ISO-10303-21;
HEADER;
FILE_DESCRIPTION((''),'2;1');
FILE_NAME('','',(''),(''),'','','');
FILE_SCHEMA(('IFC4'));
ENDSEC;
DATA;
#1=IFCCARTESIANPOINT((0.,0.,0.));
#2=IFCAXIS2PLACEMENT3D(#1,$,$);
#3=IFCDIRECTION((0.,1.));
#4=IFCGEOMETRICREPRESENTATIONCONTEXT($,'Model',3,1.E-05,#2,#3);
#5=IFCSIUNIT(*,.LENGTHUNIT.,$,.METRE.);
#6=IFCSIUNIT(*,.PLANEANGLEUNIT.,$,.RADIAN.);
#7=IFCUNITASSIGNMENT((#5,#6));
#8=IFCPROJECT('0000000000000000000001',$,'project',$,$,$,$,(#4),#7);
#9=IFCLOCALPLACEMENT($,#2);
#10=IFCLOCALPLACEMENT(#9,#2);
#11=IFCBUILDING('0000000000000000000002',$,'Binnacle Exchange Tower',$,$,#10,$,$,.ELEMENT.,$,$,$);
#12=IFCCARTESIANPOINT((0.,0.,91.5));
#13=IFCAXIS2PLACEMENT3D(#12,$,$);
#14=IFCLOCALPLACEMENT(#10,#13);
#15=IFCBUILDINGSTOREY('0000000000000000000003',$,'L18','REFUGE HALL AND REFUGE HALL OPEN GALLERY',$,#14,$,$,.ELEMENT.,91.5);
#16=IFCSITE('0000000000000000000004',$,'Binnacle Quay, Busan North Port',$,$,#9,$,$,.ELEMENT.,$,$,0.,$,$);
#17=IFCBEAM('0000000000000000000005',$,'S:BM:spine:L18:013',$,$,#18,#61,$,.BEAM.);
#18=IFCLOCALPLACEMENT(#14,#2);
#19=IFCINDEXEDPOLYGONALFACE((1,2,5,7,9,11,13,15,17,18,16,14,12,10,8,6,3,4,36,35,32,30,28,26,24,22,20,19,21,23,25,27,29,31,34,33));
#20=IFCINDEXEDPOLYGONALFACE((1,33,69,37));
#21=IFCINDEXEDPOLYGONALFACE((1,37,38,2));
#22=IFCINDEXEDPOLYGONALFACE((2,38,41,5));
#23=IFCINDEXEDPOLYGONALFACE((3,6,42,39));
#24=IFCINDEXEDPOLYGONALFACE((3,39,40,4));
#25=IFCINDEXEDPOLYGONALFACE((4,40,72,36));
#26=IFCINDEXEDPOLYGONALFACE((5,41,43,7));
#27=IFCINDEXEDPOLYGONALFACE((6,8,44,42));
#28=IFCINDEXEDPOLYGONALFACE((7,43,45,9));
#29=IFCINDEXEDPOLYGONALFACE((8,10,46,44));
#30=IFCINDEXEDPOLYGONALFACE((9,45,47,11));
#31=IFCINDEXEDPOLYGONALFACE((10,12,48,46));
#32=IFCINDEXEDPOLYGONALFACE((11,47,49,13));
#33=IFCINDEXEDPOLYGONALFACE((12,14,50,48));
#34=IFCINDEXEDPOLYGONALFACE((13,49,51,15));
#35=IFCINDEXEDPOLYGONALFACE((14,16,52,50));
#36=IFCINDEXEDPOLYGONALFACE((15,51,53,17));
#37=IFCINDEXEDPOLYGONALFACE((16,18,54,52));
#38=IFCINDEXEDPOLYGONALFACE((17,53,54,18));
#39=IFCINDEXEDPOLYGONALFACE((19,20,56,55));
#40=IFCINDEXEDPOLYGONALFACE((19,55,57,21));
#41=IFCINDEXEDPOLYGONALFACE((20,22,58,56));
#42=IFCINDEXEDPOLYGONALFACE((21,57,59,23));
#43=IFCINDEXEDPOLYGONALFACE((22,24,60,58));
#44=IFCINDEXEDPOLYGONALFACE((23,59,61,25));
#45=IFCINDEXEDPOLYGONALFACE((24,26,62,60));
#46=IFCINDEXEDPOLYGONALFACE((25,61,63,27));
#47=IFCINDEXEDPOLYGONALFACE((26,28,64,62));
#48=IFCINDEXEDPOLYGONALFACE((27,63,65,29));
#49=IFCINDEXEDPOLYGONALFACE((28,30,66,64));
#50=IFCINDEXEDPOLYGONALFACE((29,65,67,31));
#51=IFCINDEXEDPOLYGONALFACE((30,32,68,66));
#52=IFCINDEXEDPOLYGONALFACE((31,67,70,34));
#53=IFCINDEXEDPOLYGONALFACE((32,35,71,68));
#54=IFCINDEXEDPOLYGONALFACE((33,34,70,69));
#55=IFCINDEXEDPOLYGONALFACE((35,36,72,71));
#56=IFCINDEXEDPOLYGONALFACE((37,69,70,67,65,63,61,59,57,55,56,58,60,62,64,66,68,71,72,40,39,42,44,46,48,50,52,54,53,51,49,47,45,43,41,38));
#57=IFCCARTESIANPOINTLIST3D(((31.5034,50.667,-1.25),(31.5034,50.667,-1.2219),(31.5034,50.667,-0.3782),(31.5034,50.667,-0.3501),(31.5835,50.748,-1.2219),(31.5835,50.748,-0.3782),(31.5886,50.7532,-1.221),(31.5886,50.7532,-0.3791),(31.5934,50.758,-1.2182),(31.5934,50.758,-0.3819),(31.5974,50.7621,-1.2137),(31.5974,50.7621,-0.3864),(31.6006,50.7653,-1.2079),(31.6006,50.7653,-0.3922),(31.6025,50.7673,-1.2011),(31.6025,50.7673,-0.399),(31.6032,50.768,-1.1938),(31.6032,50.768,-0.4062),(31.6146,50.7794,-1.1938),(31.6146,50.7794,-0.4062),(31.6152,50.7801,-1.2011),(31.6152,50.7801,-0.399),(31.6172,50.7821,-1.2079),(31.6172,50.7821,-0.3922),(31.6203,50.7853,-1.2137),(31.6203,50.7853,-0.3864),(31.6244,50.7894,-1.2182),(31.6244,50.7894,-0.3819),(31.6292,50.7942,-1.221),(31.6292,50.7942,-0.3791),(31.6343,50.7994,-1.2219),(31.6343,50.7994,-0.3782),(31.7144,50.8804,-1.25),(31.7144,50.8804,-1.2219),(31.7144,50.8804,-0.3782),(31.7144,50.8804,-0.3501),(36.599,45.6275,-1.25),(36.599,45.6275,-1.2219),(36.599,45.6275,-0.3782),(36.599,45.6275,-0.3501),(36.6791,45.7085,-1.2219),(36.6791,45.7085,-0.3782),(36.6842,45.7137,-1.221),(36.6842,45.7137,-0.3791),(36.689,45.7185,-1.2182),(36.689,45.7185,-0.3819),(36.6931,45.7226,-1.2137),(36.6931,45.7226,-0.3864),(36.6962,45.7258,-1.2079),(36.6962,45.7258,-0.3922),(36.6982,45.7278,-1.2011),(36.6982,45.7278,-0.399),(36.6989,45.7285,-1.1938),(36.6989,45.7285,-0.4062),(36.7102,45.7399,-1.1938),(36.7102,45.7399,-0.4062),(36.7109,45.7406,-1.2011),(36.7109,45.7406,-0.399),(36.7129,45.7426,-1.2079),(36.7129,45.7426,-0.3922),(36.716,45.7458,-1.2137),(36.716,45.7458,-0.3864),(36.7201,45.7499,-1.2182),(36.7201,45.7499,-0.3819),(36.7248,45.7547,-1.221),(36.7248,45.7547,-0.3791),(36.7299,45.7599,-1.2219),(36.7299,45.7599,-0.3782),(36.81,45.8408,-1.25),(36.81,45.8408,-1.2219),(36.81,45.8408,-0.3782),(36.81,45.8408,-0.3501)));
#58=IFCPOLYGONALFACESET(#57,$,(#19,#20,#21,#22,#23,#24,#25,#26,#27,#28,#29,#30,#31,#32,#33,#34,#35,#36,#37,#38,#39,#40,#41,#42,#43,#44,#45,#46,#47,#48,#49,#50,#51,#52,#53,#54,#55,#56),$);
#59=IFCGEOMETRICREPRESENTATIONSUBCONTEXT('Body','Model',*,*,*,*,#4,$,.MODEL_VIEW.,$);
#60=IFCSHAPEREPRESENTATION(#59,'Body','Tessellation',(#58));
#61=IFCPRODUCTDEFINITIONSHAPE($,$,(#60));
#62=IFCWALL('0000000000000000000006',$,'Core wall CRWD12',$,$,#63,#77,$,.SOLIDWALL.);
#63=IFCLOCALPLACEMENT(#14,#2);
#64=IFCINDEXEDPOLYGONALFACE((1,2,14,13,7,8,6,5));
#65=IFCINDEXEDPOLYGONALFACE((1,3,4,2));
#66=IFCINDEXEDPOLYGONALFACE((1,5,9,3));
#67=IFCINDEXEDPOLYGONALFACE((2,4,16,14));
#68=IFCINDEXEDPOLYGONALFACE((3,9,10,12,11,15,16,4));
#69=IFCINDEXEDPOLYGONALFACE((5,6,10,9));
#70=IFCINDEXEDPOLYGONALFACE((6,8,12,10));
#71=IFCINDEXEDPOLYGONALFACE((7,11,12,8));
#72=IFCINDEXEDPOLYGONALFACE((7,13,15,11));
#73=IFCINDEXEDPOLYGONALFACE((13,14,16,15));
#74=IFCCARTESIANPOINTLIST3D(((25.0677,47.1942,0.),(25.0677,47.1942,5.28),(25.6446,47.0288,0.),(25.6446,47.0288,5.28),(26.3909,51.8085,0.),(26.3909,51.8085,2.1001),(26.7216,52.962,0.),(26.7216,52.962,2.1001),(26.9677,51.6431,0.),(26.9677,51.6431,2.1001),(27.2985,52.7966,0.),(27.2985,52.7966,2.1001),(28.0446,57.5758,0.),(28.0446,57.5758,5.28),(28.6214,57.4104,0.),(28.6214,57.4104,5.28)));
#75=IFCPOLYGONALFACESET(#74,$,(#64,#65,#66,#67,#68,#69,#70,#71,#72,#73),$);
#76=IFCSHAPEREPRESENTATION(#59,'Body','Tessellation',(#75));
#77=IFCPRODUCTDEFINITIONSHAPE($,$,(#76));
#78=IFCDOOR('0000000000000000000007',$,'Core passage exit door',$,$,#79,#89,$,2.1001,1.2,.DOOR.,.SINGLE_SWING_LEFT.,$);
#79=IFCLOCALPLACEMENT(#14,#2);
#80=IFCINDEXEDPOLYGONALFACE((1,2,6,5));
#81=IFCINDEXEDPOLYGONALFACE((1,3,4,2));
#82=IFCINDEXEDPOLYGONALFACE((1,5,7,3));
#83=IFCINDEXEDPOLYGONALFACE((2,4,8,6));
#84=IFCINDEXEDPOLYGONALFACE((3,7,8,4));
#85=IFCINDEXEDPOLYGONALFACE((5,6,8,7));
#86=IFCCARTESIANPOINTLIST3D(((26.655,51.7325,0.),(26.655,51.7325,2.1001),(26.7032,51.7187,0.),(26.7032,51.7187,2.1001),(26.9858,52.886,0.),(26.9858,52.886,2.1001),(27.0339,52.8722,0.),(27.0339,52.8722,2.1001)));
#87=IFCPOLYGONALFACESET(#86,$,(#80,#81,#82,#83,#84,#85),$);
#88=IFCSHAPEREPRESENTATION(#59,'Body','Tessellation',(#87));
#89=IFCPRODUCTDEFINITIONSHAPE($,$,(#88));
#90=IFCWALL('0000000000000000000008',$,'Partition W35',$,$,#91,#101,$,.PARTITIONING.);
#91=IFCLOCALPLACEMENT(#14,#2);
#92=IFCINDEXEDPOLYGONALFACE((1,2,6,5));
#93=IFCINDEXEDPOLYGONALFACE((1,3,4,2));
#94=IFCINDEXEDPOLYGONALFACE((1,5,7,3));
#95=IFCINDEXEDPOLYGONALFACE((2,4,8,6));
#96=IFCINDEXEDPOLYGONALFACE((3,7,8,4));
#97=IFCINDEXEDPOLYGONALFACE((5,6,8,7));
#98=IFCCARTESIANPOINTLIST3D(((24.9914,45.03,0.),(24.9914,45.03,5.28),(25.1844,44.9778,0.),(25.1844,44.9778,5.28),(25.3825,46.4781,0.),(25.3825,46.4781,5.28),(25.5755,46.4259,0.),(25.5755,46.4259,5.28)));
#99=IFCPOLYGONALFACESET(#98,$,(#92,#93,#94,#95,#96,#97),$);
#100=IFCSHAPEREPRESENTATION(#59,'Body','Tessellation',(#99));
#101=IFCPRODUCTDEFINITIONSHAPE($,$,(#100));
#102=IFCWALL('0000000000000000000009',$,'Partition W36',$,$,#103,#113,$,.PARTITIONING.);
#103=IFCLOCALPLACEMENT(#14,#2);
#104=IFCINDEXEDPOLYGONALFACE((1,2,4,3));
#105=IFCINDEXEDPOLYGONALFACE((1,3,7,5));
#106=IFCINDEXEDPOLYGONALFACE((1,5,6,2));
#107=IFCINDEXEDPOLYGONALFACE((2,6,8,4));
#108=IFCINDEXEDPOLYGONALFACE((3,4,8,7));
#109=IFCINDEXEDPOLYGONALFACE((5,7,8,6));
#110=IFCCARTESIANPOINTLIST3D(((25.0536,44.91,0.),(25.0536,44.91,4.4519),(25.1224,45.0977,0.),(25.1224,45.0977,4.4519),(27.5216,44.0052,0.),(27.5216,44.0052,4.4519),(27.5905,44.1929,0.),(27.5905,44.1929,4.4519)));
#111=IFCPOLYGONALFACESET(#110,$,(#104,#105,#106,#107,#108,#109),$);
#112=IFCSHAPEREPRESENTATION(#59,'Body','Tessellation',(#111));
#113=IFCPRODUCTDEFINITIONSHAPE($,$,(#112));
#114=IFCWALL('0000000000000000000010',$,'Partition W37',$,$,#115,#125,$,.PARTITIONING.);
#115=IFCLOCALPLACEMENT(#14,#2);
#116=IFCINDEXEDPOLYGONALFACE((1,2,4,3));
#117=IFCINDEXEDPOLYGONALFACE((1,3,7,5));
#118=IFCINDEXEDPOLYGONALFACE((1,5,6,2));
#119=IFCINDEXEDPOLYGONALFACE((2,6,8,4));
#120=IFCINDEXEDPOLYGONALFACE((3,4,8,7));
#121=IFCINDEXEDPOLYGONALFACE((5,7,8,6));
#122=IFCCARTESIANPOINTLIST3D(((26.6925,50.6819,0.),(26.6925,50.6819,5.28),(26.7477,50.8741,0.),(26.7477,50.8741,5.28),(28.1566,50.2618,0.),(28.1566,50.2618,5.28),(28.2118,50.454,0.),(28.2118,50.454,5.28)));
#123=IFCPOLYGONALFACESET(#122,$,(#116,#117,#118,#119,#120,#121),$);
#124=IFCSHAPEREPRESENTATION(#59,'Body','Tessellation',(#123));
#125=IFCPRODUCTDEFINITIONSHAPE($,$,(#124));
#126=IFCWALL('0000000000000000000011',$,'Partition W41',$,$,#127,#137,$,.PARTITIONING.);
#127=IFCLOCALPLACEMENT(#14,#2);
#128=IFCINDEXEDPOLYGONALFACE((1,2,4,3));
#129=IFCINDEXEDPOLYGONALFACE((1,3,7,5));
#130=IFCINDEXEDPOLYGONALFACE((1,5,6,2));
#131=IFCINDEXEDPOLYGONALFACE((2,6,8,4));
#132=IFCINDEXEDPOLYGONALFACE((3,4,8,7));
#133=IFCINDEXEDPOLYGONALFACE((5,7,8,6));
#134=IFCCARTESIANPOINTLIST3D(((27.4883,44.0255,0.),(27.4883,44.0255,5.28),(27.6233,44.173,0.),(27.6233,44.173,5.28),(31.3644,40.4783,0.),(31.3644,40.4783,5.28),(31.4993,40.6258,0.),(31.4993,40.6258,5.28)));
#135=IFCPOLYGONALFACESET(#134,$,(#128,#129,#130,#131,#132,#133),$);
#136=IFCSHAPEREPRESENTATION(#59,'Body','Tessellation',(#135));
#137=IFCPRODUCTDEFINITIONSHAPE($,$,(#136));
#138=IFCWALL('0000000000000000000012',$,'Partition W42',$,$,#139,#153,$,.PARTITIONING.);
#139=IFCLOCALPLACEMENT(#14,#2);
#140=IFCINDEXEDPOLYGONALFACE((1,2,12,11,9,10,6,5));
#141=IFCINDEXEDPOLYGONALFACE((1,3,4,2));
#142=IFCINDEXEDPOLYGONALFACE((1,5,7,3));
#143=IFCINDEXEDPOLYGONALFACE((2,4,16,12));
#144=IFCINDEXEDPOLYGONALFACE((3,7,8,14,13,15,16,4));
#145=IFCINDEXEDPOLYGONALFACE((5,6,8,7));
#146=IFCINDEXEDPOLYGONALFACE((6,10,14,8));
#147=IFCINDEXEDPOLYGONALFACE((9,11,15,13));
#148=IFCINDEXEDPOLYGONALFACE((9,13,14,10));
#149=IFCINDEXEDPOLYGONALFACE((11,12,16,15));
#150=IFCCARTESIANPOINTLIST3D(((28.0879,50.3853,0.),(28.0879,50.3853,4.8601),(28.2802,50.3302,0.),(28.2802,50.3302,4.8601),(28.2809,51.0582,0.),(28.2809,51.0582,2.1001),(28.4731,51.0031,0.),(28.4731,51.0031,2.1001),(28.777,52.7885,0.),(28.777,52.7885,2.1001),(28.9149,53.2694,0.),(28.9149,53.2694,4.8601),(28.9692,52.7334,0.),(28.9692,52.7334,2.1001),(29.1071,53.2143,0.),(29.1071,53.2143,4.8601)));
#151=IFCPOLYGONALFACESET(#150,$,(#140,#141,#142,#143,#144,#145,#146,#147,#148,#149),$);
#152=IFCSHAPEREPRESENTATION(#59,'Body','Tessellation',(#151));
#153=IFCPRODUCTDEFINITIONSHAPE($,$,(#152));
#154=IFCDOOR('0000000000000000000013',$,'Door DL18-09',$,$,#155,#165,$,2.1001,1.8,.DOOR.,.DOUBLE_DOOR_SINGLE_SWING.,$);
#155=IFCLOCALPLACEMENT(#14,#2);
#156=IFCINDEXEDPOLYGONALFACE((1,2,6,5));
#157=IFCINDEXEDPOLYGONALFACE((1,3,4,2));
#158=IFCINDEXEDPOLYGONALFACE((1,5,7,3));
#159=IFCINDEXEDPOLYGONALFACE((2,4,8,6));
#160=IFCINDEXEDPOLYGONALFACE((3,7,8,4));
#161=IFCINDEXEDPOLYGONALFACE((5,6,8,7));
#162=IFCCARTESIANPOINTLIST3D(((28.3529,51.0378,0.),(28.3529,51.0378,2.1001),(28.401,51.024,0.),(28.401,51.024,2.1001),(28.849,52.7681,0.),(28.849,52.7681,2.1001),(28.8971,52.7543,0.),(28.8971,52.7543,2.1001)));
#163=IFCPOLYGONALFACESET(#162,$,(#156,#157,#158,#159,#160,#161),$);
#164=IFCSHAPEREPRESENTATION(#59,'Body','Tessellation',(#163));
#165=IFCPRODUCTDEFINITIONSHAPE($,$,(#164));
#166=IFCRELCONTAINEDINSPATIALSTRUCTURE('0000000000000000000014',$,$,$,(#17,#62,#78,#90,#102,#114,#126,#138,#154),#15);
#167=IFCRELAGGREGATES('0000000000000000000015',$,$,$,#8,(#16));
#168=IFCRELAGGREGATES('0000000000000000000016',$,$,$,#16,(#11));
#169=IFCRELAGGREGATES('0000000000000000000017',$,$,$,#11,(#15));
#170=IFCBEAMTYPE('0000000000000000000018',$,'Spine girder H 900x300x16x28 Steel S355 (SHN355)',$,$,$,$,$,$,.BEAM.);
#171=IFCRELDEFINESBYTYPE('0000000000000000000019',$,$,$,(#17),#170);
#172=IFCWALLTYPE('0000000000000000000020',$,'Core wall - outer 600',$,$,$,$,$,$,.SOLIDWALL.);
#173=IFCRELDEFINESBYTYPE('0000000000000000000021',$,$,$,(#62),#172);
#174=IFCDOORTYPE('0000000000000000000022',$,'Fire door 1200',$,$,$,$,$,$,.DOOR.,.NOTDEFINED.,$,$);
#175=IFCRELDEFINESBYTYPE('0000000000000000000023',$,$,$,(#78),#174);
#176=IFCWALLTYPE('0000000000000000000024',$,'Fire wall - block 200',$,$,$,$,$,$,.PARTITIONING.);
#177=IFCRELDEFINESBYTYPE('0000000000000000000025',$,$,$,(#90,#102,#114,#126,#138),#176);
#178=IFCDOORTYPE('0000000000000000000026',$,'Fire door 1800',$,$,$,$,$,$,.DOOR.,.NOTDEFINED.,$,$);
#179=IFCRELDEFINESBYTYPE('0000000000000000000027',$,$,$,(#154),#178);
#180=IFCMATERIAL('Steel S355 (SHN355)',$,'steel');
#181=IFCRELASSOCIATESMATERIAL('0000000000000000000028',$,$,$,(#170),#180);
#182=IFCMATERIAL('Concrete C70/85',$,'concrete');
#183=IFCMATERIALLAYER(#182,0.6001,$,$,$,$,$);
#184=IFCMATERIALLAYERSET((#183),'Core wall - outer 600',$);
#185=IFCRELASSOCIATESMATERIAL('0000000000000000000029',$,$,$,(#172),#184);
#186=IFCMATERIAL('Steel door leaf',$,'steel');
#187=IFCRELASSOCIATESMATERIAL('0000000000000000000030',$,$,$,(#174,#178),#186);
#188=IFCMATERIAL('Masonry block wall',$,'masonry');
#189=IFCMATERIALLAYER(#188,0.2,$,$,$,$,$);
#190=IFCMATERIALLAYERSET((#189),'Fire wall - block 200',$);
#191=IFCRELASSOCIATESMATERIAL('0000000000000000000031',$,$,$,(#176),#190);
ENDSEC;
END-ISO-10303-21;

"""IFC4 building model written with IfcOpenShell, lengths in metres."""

from ifc_helpers import new_model, si_unit, direction, frame, frame_2d, origin, origin_2d, place, context, subcontext, project, spatial, rectangle, i_section, extrude, material, layer, layer_set, material_profile, profile_set, type_object, element, fill, save


model = new_model("IFC4")

# Units and contexts
model_context = context("Model", 3, precision=1e-05, world=origin(), true_north=direction((0.0, 1.0)))
body_context = subcontext(model_context, "Body", "Model", "MODEL_VIEW")
ifc_project = project(units=[si_unit("LENGTHUNIT", "METRE"), si_unit("PLANEANGLEUNIT", "RADIAN")], contexts=[model_context])

# Site, building, storey
site_placement = place(None, origin())
site = spatial("IfcSite", under=ifc_project, at=site_placement, Name="Binnacle Quay, Busan North Port", CompositionType="ELEMENT", RefElevation=0.0)
building_placement = place(site_placement, origin())
building = spatial("IfcBuilding", under=site, at=building_placement, Name="Binnacle Exchange Tower", CompositionType="ELEMENT")
storey_placement = place(building_placement, frame((0.0, 0.0, 91.5)))
storey = spatial("IfcBuildingStorey", under=building, at=storey_placement, Name="L18", Description="REFUGE HALL AND REFUGE HALL OPEN GALLERY", CompositionType="ELEMENT", Elevation=91.5)

# Shared definitions
ifc_material_1 = material(Name="Concrete C70/85", Category="concrete")

# Beam
ifc_material_2 = material(Name="Steel S355 (SHN355)", Category="steel")
ifc_material_profile_1 = material_profile(ifc_material_2, i_section(OverallWidth=0.3, OverallDepth=0.8999, WebThickness=0.0161, FlangeThickness=0.0281, FilletRadius=0.0281, at=origin_2d()), Name="H 900x300x16x28")
ifc_profile_set_1 = profile_set([ifc_material_profile_1], Name="Steel S355 (SHN355)")
beam_type_1 = type_object("IfcBeamType", Name="Spine girder H 900x300x16x28 Steel S355 (SHN355)", PredefinedType="BEAM", material=ifc_profile_set_1)
beam_1_placement = place(storey_placement, frame((31.6089, 50.7737, -0.8), z_axis=(0.711013, -0.703178, 0.0), x_axis=(0.703178, 0.711013, 0.0)))
element("IfcBeam", 1, at=beam_1_placement, inside=storey, type_object=beam_type_1, Name="S:BM:spine:L18:013", PredefinedType="BEAM", context=body_context, shape_type="SweptSolid", body=[
    extrude(i_section(OverallWidth=0.3, OverallDepth=0.8999, WebThickness=0.0161, FlangeThickness=0.0281, FilletRadius=0.0281, at=origin_2d()), origin(), (0.0, 0.0, 1.0), 7.1667),
])

# Wall, opening, door
ifc_layer_1 = layer(ifc_material_1, 0.6001)
ifc_layer_set_1 = layer_set([ifc_layer_1], Name="Core wall - outer 600")
wall_type_1 = type_object("IfcWallType", Name="Core wall - outer 600", PredefinedType="SOLIDWALL", material=ifc_layer_set_1)
wall_1_placement = place(storey_placement, frame((25.3562, 47.1116, 0.0), z_axis=(0.0, 0.0, 1.0), x_axis=(0.275632, 0.961263, 0.0)))
wall_1 = element("IfcWall", 2, at=wall_1_placement, inside=storey, type_object=wall_type_1, Name="Core wall CRWD12", PredefinedType="SOLIDWALL", context=body_context, shape_type="SweptSolid", body=[
    extrude(rectangle(XDim=10.8, YDim=0.6001, at=frame_2d((5.3999, 0.0))), origin(), (0.0, 0.0, 1.0), 5.28),
])
opening_1_placement = place(wall_1_placement, frame((4.8, 0.0, 0.0)))
opening_1 = element("IfcOpeningElement", 3, at=opening_1_placement, cuts=wall_1, PredefinedType="OPENING", context=body_context, shape_type="SweptSolid", body=[
    extrude(rectangle(XDim=1.2, YDim=2.1001, at=frame_2d((0.6001, 1.05))), frame((0.0, 0.3101, 0.0), z_axis=(0.0, -1.0, 0.0), x_axis=(1.0, 0.0, 0.0)), (0.0, 0.0, 1.0), 0.6201),
])
ifc_material_3 = material(Name="Steel door leaf", Category="steel")
door_type_1 = type_object("IfcDoorType", Name="Fire door 1200", OperationType="NOTDEFINED", PredefinedType="DOOR", material=ifc_material_3)
door_1_placement = place(opening_1_placement, frame((1.2, 0.0, 0.0), z_axis=(0.0, 0.0, 1.0), x_axis=(-1.0, 0.0, 0.0)))
door_1 = element("IfcDoor", 4, at=door_1_placement, inside=storey, type_object=door_type_1, Name="Core passage exit door", OperationType="SINGLE_SWING_LEFT", OverallHeight=2.1001, OverallWidth=1.2, PredefinedType="DOOR", context=body_context, shape_type="SweptSolid", body=[
    extrude(rectangle(XDim=1.2, YDim=2.1001, at=frame_2d((0.6001, 1.05))), frame((0.0, 0.0249, 0.0), z_axis=(0.0, -1.0, 0.0), x_axis=(1.0, 0.0, 0.0)), (0.0, 0.0, 1.0), 0.05),
])
fill(opening_1, door_1)

# Walls
ifc_material_4 = material(Name="Masonry block wall", Category="masonry")
ifc_layer_2 = layer(ifc_material_4, 0.2)
ifc_layer_set_2 = layer_set([ifc_layer_2], Name="Fire wall - block 200")
wall_type_2 = type_object("IfcWallType", Name="Fire wall - block 200", PredefinedType="PARTITIONING", material=ifc_layer_set_2)
wall_2_placement = place(storey_placement, frame((25.0879, 45.0039, 0.0), z_axis=(0.0, 0.0, 1.0), x_axis=(0.260761, 0.965403, 0.0)))
element("IfcWall", 5, at=wall_2_placement, inside=storey, type_object=wall_type_2, Name="Partition W35", PredefinedType="PARTITIONING", context=body_context, shape_type="SweptSolid", body=[
    extrude(rectangle(XDim=1.5, YDim=0.2, at=frame_2d((0.75, 0.0))), origin(), (0.0, 0.0, 1.0), 5.28),
])
wall_3_placement = place(storey_placement, frame((25.0879, 45.0039, 0.0), z_axis=(0.0, 0.0, 1.0), x_axis=(0.938895, -0.344203, 0.0)))
element("IfcWall", 6, at=wall_3_placement, inside=storey, type_object=wall_type_2, Name="Partition W36", PredefinedType="PARTITIONING", context=body_context, shape_type="SweptSolid", body=[
    extrude(rectangle(XDim=2.6287, YDim=0.2, at=frame_2d((1.3145, 0.0))), origin(), (0.0, 0.0, 1.0), 4.4519),
])
wall_4_placement = place(storey_placement, frame((26.72, 50.7781, 0.0), z_axis=(0.0, 0.0, 1.0), x_axis=(0.961203, -0.275843, 0.0)))
element("IfcWall", 7, at=wall_4_placement, inside=storey, type_object=wall_type_2, Name="Partition W37", PredefinedType="PARTITIONING", context=body_context, shape_type="SweptSolid", body=[
    extrude(rectangle(XDim=1.5232, YDim=0.2, at=frame_2d((0.7617, 0.0))), origin(), (0.0, 0.0, 1.0), 5.28),
])
wall_5_placement = place(storey_placement, frame((27.5559, 44.0991, 0.0), z_axis=(0.0, 0.0, 1.0), x_axis=(0.737709, -0.675118, 0.0)))
element("IfcWall", 8, at=wall_5_placement, inside=storey, type_object=wall_type_2, Name="Partition W41", PredefinedType="PARTITIONING", context=body_context, shape_type="SweptSolid", body=[
    extrude(rectangle(XDim=5.2542, YDim=0.2, at=frame_2d((2.627, 0.0))), origin(), (0.0, 0.0, 1.0), 5.28),
])

# Wall, opening, door
wall_6_placement = place(storey_placement, frame((28.1841, 50.3579, 0.0), z_axis=(0.0, 0.0, 1.0), x_axis=(0.275613, 0.961269, 0.0)))
wall_6 = element("IfcWall", 9, at=wall_6_placement, inside=storey, type_object=wall_type_2, Name="Partition W42", PredefinedType="PARTITIONING", context=body_context, shape_type="SweptSolid", body=[
    extrude(rectangle(XDim=3.0002, YDim=0.2, at=frame_2d((1.5, 0.0))), origin(), (0.0, 0.0, 1.0), 4.8601),
])
opening_2_placement = place(wall_6_placement, frame((0.7, 0.0, 0.0)))
opening_2 = element("IfcOpeningElement", 10, at=opening_2_placement, cuts=wall_6, PredefinedType="OPENING", context=body_context, shape_type="SweptSolid", body=[
    extrude(rectangle(XDim=1.8, YDim=2.1001, at=frame_2d((0.8999, 1.05))), frame((0.0, 0.1099, 0.0), z_axis=(0.0, -1.0, 0.0), x_axis=(1.0, 0.0, 0.0)), (0.0, 0.0, 1.0), 0.22),
])
door_type_2 = type_object("IfcDoorType", Name="Fire door 1800", OperationType="NOTDEFINED", PredefinedType="DOOR", material=ifc_material_3)
door_2_placement = place(opening_2_placement, frame((1.8, 0.0, 0.0), z_axis=(0.0, 0.0, 1.0), x_axis=(-1.0, 0.0, 0.0)))
door_2 = element("IfcDoor", 11, at=door_2_placement, inside=storey, type_object=door_type_2, Name="Door DL18-09", OperationType="DOUBLE_DOOR_SINGLE_SWING", OverallHeight=2.1001, OverallWidth=1.8, PredefinedType="DOOR", context=body_context, shape_type="SweptSolid", body=[
    extrude(rectangle(XDim=1.8, YDim=2.1001, at=frame_2d((0.8999, 1.05))), frame((0.0, 0.0249, 0.0), z_axis=(0.0, -1.0, 0.0), x_axis=(1.0, 0.0, 0.0)), (0.0, 0.0, 1.0), 0.05),
])
fill(opening_2, door_2)

save(model, "model.ifc")
